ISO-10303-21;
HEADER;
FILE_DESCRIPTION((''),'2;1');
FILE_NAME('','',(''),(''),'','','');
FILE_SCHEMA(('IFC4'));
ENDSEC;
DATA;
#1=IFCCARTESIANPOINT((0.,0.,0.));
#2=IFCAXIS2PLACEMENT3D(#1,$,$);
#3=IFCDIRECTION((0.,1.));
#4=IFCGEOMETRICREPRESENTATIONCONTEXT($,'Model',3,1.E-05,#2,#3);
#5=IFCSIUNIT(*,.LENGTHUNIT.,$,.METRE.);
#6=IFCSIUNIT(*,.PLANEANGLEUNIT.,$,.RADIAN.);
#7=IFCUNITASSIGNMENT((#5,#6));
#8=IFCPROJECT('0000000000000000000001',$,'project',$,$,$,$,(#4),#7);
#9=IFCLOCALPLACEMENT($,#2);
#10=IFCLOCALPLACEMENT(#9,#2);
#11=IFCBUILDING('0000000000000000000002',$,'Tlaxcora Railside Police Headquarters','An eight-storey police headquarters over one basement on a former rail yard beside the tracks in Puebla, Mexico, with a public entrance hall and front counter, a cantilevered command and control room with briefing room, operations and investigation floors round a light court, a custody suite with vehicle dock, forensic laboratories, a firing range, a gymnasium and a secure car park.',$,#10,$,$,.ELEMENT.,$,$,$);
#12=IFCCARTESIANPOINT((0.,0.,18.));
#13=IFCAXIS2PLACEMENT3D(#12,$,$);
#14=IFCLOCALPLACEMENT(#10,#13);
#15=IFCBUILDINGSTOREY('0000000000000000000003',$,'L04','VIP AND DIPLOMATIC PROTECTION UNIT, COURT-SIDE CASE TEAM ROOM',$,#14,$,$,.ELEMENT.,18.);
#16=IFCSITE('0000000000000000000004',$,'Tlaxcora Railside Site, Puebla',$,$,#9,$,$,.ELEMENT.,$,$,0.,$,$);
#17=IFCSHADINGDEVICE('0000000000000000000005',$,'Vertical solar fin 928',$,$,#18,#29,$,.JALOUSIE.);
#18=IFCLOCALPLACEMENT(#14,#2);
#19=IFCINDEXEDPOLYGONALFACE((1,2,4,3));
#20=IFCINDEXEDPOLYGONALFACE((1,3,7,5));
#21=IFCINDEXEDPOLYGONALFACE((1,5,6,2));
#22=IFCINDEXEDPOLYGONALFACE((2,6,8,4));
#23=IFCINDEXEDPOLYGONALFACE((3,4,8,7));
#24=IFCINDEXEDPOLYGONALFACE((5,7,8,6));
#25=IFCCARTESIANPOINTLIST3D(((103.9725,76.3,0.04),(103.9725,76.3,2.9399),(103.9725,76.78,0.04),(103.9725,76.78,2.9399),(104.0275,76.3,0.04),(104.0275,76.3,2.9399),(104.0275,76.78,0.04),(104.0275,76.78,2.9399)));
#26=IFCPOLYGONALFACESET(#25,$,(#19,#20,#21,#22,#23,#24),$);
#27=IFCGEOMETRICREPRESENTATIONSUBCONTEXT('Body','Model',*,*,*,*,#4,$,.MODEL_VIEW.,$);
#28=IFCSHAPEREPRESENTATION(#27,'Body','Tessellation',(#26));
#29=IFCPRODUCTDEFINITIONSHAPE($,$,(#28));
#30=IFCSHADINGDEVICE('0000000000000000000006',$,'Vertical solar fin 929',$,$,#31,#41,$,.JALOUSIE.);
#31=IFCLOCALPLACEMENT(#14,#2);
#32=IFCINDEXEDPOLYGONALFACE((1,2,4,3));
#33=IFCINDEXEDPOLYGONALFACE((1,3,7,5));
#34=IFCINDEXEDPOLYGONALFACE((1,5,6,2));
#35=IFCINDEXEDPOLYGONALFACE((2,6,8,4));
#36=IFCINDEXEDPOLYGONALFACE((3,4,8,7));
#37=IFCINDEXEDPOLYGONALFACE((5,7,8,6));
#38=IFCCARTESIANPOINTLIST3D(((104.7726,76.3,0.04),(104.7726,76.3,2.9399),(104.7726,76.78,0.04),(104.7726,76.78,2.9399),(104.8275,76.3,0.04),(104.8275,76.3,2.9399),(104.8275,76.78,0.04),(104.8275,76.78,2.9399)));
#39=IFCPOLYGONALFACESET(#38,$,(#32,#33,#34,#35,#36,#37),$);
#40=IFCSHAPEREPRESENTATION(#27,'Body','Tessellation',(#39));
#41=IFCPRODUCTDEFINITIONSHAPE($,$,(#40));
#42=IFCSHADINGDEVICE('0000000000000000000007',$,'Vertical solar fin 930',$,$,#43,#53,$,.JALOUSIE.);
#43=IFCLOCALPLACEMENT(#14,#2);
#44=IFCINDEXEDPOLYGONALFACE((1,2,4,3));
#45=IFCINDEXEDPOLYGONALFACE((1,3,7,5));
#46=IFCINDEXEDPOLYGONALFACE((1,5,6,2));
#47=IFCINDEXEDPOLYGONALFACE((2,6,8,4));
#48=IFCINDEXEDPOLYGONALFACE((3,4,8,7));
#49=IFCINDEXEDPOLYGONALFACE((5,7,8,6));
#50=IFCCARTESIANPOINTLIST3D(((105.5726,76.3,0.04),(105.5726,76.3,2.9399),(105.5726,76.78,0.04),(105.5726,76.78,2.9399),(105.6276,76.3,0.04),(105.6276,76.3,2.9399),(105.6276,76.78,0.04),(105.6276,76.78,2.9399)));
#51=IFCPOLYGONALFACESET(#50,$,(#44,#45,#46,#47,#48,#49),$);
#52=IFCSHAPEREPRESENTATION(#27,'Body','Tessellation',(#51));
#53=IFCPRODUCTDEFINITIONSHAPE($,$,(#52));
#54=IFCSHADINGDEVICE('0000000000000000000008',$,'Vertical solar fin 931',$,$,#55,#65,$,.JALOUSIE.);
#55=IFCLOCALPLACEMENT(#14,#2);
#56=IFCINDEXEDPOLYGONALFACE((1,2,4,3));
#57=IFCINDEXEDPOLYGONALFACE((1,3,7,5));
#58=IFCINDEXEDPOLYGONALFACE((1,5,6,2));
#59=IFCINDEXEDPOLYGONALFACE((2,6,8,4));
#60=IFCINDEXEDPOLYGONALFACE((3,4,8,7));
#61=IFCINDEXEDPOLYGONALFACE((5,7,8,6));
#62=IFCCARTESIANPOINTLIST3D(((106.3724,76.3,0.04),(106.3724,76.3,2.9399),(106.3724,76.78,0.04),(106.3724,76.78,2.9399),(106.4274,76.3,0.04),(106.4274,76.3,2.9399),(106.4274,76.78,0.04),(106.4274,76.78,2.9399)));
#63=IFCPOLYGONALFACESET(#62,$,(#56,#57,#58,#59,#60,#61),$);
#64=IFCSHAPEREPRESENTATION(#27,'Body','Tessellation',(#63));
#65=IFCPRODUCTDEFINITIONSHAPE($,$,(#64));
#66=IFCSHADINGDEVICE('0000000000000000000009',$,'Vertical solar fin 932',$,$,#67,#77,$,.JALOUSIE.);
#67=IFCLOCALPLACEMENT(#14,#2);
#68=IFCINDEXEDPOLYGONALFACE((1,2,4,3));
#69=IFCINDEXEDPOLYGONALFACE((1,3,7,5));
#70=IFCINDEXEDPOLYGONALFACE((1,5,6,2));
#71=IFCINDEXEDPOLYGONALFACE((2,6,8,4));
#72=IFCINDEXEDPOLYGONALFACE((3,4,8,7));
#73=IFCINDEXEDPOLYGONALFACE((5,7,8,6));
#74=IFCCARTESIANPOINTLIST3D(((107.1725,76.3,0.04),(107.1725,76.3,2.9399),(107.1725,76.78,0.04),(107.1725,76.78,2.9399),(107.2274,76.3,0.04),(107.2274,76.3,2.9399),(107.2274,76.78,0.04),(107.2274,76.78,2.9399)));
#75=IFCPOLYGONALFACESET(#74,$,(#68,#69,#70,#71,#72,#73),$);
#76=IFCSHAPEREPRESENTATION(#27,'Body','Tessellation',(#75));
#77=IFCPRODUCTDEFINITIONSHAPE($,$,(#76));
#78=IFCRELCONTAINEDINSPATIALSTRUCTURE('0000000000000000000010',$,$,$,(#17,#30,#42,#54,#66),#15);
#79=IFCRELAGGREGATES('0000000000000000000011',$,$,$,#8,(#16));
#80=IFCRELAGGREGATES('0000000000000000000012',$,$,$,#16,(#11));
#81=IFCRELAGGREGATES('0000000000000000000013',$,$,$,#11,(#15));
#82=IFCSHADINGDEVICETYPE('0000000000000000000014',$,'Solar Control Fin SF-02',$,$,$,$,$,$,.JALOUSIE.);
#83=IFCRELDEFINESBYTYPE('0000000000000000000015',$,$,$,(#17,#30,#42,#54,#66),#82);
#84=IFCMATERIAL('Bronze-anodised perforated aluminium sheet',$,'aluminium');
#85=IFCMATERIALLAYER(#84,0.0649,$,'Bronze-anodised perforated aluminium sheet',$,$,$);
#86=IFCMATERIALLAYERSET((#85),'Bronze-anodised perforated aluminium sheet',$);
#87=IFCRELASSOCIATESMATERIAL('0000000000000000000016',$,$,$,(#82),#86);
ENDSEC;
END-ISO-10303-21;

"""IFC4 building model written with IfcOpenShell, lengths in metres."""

from ifc_helpers import new_model, si_unit, direction, frame, origin, origin_2d, place, context, subcontext, project, spatial, rectangle, extrude, material, layer, layer_set, type_object, element, save


model = new_model("IFC4")

# Units and contexts
model_context = context("Model", 3, precision=1e-05, world=origin(), true_north=direction((0.0, 1.0)))
body_context = subcontext(model_context, "Body", "Model", "MODEL_VIEW")
ifc_project = project(units=[si_unit("LENGTHUNIT", "METRE"), si_unit("PLANEANGLEUNIT", "RADIAN")], contexts=[model_context])

# Site, building, storey
site_placement = place(None, origin())
site = spatial("IfcSite", under=ifc_project, at=site_placement, Name="Tlaxcora Railside Site, Puebla", CompositionType="ELEMENT", RefElevation=0.0)
building_placement = place(site_placement, origin())
building = spatial("IfcBuilding", under=site, at=building_placement, Name="Tlaxcora Railside Police Headquarters", Description="An eight-storey police headquarters over one basement on a former rail yard beside the tracks in Puebla, Mexico, with a public entrance hall and front counter, a cantilevered command and control room with briefing room, operations and investigation floors round a light court, a custody suite with vehicle dock, forensic laboratories, a firing range, a gymnasium and a secure car park.", CompositionType="ELEMENT")
storey_placement = place(building_placement, frame((0.0, 0.0, 18.0)))
storey = spatial("IfcBuildingStorey", under=building, at=storey_placement, Name="L04", Description="VIP AND DIPLOMATIC PROTECTION UNIT, COURT-SIDE CASE TEAM ROOM", CompositionType="ELEMENT", Elevation=18.0)

# Shading devices
ifc_material_1 = material(Name="Bronze-anodised perforated aluminium sheet", Category="aluminium")
ifc_layer_1 = layer(ifc_material_1, 0.0649, Name="Bronze-anodised perforated aluminium sheet")
ifc_layer_set_1 = layer_set([ifc_layer_1], Name="Bronze-anodised perforated aluminium sheet")
shading_device_type_1 = type_object("IfcShadingDeviceType", Name="Solar Control Fin SF-02", PredefinedType="JALOUSIE", material=ifc_layer_set_1)
for number, where, z_axis, x_axis, name in (
    (1, (104.0, 76.54, 0.04), (0.0, 0.0, 1.0), (0.0, -1.0, 0.0), "Vertical solar fin 928"),
    (2, (104.8, 76.54, 0.04), (0.0, 0.0, 1.0), (0.0, -1.0, 0.0), "Vertical solar fin 929"),
    (3, (105.6001, 76.54, 0.04), (0.0, 0.0, 1.0), (0.0, -1.0, 0.0), "Vertical solar fin 930"),
    (4, (106.3999, 76.54, 0.04), (0.0, 0.0, 1.0), (0.0, -1.0, 0.0), "Vertical solar fin 931"),
    (5, (107.2, 76.54, 0.04), (0.0, 0.0, 1.0), (0.0, -1.0, 0.0), "Vertical solar fin 932"),
):
    element("IfcShadingDevice", number, at=place(storey_placement, frame(where, z_axis=z_axis, x_axis=x_axis)), inside=storey, type_object=shading_device_type_1, Name=name, PredefinedType="JALOUSIE", context=body_context, shape_type="SweptSolid", body=[
        extrude(rectangle(XDim=0.48, YDim=0.0549, at=origin_2d()), origin(), (0.0, 0.0, 1.0), 2.8999),
    ])

save(model, "model.ifc")
